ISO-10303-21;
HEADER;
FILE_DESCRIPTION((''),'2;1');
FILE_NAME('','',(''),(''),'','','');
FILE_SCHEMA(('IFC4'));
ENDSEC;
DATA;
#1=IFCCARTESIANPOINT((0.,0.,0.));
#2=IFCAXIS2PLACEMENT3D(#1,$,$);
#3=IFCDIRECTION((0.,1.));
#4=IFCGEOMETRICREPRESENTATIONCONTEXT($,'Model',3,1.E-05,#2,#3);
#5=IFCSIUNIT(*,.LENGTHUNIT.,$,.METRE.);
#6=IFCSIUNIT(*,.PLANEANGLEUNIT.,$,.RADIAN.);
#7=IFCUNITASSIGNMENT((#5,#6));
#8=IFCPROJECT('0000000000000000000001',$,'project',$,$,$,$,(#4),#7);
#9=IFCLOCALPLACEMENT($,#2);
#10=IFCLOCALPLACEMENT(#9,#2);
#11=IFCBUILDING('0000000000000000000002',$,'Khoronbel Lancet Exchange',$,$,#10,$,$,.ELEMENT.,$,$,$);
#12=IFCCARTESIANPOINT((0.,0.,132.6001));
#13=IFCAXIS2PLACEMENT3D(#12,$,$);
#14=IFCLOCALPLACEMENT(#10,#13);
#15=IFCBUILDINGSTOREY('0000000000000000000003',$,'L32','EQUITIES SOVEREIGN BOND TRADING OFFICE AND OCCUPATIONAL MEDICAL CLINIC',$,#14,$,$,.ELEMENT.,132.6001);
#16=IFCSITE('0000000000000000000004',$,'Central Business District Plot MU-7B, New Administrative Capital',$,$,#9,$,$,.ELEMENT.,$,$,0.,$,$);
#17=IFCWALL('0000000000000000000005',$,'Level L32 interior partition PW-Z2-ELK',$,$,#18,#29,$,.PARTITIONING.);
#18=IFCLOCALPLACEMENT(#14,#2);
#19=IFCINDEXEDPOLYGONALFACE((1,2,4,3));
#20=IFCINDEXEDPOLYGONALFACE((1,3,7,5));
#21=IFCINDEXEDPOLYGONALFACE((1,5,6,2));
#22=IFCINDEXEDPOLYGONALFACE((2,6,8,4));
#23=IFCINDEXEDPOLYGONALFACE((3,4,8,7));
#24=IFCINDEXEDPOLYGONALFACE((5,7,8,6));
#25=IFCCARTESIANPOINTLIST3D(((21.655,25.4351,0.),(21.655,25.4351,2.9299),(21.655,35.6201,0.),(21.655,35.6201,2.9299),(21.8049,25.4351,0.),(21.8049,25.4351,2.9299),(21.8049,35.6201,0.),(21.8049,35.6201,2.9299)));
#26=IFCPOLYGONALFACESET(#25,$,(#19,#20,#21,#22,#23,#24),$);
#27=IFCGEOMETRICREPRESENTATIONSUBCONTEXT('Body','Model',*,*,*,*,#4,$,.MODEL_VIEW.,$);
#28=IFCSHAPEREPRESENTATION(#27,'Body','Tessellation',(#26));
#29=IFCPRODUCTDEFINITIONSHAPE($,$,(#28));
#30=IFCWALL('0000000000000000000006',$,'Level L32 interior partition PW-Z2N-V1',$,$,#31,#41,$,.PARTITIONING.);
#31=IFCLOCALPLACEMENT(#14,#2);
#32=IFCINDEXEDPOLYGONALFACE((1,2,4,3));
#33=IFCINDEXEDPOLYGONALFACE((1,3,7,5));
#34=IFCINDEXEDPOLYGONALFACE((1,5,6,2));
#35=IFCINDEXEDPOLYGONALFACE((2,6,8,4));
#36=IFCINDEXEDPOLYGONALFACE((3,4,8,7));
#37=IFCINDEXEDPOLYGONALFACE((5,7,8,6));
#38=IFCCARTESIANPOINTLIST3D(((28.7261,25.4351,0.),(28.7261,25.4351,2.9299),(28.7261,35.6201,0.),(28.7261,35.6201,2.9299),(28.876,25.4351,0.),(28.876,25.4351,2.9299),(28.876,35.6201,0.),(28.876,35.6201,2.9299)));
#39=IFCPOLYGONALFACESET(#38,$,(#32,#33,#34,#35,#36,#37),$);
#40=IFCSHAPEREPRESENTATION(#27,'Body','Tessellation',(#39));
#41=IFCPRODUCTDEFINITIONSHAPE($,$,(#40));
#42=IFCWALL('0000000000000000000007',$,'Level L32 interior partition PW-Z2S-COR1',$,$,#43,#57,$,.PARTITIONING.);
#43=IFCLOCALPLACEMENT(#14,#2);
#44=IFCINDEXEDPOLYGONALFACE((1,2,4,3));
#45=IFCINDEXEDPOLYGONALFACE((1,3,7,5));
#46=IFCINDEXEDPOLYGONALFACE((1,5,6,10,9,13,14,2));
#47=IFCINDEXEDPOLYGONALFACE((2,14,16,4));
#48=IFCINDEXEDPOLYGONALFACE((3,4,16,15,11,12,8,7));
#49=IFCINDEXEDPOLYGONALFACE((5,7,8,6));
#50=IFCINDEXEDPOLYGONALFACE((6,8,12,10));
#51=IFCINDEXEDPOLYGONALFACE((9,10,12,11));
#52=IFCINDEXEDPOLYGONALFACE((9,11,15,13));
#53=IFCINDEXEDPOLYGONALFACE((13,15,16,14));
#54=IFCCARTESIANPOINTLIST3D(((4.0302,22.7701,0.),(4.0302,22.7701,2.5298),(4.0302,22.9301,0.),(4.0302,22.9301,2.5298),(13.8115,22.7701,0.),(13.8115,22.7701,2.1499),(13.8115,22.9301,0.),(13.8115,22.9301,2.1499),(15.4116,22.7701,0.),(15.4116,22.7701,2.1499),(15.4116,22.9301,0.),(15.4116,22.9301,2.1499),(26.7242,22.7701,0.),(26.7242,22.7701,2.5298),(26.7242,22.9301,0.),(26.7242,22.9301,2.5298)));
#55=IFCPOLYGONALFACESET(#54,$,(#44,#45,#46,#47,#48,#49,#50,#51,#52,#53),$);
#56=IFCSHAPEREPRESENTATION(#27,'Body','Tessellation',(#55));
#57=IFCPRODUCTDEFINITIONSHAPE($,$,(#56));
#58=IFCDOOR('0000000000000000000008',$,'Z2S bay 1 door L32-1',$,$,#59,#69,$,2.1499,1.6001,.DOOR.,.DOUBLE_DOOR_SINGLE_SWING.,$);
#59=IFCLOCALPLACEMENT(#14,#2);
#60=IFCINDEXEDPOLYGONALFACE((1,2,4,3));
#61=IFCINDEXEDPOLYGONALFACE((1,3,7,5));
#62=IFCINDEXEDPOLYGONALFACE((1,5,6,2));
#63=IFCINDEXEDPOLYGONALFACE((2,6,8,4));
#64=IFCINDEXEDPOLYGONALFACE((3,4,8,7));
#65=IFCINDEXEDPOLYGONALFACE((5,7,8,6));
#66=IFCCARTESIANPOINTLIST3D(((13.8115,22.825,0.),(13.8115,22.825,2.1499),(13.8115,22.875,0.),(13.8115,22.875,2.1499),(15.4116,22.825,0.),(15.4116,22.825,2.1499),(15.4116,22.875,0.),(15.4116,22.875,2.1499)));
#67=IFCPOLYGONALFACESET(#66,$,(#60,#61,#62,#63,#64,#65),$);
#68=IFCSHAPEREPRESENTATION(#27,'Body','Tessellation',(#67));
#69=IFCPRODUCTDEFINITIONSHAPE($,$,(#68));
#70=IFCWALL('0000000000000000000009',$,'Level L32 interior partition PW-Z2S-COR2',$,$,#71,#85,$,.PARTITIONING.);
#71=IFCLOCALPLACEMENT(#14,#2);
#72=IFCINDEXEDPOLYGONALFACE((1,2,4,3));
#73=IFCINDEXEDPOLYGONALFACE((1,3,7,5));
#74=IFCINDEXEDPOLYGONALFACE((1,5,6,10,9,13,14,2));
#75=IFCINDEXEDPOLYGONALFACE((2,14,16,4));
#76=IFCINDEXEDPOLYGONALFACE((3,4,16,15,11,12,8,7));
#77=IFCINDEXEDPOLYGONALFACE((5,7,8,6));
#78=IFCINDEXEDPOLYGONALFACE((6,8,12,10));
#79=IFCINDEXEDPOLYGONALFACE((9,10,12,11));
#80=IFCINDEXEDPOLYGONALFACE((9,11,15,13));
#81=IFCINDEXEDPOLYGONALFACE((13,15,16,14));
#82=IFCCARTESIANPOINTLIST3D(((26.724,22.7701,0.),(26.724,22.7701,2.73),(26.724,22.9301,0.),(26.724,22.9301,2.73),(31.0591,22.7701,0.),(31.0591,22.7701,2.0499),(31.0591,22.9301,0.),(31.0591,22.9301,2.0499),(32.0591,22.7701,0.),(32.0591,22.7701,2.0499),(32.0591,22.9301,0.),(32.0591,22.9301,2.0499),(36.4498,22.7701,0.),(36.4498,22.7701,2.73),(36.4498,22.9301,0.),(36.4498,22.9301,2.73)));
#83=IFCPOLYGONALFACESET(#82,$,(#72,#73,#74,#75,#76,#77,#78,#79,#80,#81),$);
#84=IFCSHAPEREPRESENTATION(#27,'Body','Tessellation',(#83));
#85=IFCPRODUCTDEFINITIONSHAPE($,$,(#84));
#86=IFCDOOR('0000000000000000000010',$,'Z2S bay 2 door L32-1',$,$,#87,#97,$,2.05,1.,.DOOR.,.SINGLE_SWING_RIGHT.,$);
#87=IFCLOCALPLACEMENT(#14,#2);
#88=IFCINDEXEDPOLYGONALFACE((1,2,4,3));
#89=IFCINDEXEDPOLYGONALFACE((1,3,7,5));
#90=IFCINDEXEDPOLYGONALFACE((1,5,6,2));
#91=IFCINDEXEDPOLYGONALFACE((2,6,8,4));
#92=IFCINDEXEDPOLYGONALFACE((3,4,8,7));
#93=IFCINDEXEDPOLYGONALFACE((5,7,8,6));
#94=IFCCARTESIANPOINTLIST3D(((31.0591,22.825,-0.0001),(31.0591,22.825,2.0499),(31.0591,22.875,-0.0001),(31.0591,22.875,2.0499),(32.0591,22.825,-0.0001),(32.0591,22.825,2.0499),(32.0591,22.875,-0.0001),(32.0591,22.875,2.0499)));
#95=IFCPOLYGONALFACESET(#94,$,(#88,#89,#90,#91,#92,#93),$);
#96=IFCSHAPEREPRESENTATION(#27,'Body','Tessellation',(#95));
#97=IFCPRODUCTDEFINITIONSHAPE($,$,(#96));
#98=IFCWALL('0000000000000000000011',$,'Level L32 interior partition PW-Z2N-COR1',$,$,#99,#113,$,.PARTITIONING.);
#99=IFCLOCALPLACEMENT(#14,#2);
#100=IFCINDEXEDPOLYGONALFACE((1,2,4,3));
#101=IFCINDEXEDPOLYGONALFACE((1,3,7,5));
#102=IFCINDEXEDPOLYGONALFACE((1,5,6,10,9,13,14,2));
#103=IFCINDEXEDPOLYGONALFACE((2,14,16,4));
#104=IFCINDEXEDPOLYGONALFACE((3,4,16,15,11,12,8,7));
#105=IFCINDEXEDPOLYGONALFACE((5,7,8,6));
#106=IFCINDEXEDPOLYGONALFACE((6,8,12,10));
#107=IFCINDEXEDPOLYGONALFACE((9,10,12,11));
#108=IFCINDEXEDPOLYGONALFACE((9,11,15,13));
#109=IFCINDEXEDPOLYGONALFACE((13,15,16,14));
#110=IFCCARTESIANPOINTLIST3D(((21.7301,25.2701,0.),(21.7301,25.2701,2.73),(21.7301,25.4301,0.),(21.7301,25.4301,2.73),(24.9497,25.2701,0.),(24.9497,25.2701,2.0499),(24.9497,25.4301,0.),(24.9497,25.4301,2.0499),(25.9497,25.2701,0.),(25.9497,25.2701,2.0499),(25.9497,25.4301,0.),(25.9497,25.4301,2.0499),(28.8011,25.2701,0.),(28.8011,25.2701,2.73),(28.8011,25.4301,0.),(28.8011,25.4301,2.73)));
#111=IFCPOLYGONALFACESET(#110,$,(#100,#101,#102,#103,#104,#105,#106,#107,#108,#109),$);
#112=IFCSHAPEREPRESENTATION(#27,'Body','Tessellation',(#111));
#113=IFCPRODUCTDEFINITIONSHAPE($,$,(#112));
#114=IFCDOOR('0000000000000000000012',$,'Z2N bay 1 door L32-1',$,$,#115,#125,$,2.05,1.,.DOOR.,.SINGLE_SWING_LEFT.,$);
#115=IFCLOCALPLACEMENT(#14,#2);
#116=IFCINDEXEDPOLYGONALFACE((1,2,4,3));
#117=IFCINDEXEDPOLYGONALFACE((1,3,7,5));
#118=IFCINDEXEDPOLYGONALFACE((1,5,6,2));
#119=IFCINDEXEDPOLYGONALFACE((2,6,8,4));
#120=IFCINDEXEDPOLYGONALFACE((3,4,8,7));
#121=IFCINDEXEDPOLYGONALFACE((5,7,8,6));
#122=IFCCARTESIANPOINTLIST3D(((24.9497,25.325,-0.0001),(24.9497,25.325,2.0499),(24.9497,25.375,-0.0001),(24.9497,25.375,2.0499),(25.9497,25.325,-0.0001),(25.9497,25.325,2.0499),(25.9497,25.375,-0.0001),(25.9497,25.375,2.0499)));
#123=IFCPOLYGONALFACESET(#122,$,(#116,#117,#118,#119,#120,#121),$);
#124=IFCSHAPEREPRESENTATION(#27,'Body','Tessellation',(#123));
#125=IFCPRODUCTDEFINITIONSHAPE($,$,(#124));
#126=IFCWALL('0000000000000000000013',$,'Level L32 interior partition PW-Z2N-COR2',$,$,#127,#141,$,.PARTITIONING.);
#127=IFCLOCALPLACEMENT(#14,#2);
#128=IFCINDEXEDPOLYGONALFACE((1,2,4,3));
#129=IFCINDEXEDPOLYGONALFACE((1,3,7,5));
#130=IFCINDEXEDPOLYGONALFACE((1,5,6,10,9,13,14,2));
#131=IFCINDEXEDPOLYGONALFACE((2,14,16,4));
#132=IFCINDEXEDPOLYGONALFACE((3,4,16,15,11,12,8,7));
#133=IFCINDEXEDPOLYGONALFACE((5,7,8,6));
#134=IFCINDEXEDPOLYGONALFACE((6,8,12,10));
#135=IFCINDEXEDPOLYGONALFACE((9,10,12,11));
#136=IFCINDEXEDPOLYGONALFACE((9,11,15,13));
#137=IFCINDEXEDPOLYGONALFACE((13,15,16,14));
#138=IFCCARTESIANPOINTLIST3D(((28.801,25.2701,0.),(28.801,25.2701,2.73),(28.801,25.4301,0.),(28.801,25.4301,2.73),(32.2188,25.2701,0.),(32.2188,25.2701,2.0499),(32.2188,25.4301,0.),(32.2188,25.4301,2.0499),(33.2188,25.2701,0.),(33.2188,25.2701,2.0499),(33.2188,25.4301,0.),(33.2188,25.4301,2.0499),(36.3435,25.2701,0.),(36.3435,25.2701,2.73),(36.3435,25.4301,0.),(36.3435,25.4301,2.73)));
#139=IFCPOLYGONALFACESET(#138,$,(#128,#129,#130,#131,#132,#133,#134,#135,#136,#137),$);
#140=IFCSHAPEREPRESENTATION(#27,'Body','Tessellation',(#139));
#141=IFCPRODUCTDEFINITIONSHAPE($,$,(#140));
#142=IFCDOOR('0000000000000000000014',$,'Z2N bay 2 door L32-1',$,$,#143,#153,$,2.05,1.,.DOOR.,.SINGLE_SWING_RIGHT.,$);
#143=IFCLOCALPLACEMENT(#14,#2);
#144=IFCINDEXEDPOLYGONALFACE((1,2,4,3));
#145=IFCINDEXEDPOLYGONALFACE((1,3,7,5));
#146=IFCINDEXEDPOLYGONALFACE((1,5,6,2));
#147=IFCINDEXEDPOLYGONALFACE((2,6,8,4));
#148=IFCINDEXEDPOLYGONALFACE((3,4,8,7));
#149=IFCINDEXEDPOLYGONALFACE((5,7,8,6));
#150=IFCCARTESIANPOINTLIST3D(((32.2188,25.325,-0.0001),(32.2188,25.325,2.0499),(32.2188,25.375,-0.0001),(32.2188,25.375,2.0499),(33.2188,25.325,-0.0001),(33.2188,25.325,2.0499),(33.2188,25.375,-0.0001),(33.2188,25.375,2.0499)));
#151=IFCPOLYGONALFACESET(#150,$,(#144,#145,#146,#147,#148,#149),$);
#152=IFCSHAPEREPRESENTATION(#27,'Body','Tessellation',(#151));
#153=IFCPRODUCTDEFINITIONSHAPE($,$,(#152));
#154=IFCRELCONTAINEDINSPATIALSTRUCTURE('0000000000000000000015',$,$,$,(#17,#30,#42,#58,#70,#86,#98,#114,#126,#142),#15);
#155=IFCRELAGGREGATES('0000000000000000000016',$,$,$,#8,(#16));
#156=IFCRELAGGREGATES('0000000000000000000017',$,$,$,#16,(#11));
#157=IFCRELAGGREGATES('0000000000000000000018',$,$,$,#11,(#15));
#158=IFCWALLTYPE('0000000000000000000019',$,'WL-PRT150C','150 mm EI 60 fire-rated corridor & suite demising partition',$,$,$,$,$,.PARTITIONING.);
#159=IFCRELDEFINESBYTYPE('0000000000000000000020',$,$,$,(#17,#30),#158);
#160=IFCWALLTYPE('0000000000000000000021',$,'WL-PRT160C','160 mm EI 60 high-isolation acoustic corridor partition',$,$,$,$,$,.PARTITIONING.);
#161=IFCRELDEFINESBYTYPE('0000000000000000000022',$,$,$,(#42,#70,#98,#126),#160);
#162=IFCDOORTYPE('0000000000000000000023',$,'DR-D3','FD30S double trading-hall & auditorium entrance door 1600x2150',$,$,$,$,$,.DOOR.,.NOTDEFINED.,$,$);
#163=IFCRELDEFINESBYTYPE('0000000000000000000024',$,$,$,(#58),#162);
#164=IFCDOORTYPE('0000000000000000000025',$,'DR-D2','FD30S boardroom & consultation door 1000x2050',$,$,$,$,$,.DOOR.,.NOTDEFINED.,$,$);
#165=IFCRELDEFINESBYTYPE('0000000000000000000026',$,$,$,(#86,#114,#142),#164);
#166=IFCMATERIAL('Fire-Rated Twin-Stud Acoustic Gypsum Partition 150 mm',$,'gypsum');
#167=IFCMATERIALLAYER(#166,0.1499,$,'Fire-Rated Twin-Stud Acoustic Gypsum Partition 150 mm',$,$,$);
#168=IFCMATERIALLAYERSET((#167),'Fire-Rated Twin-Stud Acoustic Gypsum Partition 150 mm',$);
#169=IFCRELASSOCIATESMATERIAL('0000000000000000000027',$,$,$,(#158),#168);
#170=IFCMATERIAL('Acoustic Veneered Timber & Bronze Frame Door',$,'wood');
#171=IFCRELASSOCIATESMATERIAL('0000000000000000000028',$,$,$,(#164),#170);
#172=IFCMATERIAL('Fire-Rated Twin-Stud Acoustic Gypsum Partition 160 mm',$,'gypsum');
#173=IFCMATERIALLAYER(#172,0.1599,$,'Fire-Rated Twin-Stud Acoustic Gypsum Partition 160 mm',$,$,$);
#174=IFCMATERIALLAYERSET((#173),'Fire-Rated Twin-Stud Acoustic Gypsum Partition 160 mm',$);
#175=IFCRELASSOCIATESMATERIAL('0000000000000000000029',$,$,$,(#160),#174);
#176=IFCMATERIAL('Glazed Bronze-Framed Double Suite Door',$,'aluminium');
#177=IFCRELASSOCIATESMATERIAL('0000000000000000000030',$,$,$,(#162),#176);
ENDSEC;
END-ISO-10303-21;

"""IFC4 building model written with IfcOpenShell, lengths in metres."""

from ifc_helpers import new_model, si_unit, direction, frame, frame_2d, origin, place, context, subcontext, project, spatial, rectangle, extrude, material, layer, layer_set, type_object, element, fill, save


model = new_model("IFC4")

# Units and contexts
model_context = context("Model", 3, precision=1e-05, world=origin(), true_north=direction((0.0, 1.0)))
body_context = subcontext(model_context, "Body", "Model", "MODEL_VIEW")
ifc_project = project(units=[si_unit("LENGTHUNIT", "METRE"), si_unit("PLANEANGLEUNIT", "RADIAN")], contexts=[model_context])

# Site, building, storey
site_placement = place(None, origin())
site = spatial("IfcSite", under=ifc_project, at=site_placement, Name="Central Business District Plot MU-7B, New Administrative Capital", CompositionType="ELEMENT", RefElevation=0.0)
building_placement = place(site_placement, origin())
building = spatial("IfcBuilding", under=site, at=building_placement, Name="Khoronbel Lancet Exchange", CompositionType="ELEMENT")
storey_placement = place(building_placement, frame((0.0, 0.0, 132.6001)))
storey = spatial("IfcBuildingStorey", under=building, at=storey_placement, Name="L32", Description="EQUITIES SOVEREIGN BOND TRADING OFFICE AND OCCUPATIONAL MEDICAL CLINIC", CompositionType="ELEMENT", Elevation=132.6001)

# Shared definitions
ifc_material_1 = material(Name="Fire-Rated Twin-Stud Acoustic Gypsum Partition 150 mm", Category="gypsum")
ifc_layer_1 = layer(ifc_material_1, 0.1499, Name="Fire-Rated Twin-Stud Acoustic Gypsum Partition 150 mm")
ifc_layer_set_1 = layer_set([ifc_layer_1], Name="Fire-Rated Twin-Stud Acoustic Gypsum Partition 150 mm")
wall_type_1 = type_object("IfcWallType", Name="WL-PRT150C", Description="150 mm EI 60 fire-rated corridor & suite demising partition", PredefinedType="PARTITIONING", material=ifc_layer_set_1)

# Shared definitions
ifc_material_2 = material(Name="Acoustic Veneered Timber & Bronze Frame Door", Category="wood")
door_type_1 = type_object("IfcDoorType", Name="DR-D2", Description="FD30S boardroom & consultation door 1000x2050", OperationType="NOTDEFINED", PredefinedType="DOOR", material=ifc_material_2)

# Walls
for number, where, z_axis, x_axis, name in (
    (1, (21.73, 25.4351, 0.0), (0.0, 0.0, 1.0), (0.0, 1.0, 0.0), "Level L32 interior partition PW-Z2-ELK"),
    (2, (28.801, 25.4351, 0.0), (0.0, 0.0, 1.0), (0.0, 1.0, 0.0), "Level L32 interior partition PW-Z2N-V1"),
):
    element("IfcWall", number, at=place(storey_placement, frame(where, z_axis=z_axis, x_axis=x_axis)), inside=storey, type_object=wall_type_1, Name=name, PredefinedType="PARTITIONING", context=body_context, shape_type="SweptSolid", body=[
        extrude(rectangle(XDim=10.1851, YDim=0.1499, at=frame_2d((5.0925, 0.0))), origin(), (0.0, 0.0, 1.0), 2.9299),
    ])

# Walls, openings, doors
ifc_material_3 = material(Name="Fire-Rated Twin-Stud Acoustic Gypsum Partition 160 mm", Category="gypsum")
ifc_layer_2 = layer(ifc_material_3, 0.1599, Name="Fire-Rated Twin-Stud Acoustic Gypsum Partition 160 mm")
ifc_layer_set_2 = layer_set([ifc_layer_2], Name="Fire-Rated Twin-Stud Acoustic Gypsum Partition 160 mm")
wall_type_2 = type_object("IfcWallType", Name="WL-PRT160C", Description="160 mm EI 60 high-isolation acoustic corridor partition", PredefinedType="PARTITIONING", material=ifc_layer_set_2)
wall_1_placement = place(storey_placement, frame((4.03, 22.8501, 0.0), z_axis=(0.0, 0.0, 1.0), x_axis=(1.0, 0.0, 0.0)))
wall_1 = element("IfcWall", 3, at=wall_1_placement, inside=storey, type_object=wall_type_2, Name="Level L32 interior partition PW-Z2S-COR1", PredefinedType="PARTITIONING", context=body_context, shape_type="SweptSolid", body=[
    extrude(rectangle(XDim=22.6941, YDim=0.1599, at=frame_2d((11.3472, 0.0))), origin(), (0.0, 0.0, 1.0), 2.5298),
])
opening_1_placement = place(wall_1_placement, frame((9.7815, 0.0, 0.0)))
opening_1 = element("IfcOpeningElement", 4, at=opening_1_placement, cuts=wall_1, PredefinedType="OPENING", context=body_context, shape_type="SweptSolid", body=[
    extrude(rectangle(XDim=1.6001, YDim=2.1499, at=frame_2d((0.8, 1.075))), frame((0.0, 0.0898, 0.0), z_axis=(0.0, -1.0, 0.0), x_axis=(1.0, 0.0, 0.0)), (0.0, 0.0, 1.0), 0.1799),
])
ifc_material_4 = material(Name="Glazed Bronze-Framed Double Suite Door", Category="aluminium")
door_type_2 = type_object("IfcDoorType", Name="DR-D3", Description="FD30S double trading-hall & auditorium entrance door 1600x2150", OperationType="NOTDEFINED", PredefinedType="DOOR", material=ifc_material_4)
door_1_placement = place(opening_1_placement, origin())
door_1 = element("IfcDoor", 5, at=door_1_placement, inside=storey, type_object=door_type_2, Name="Z2S bay 1 door L32-1", OperationType="DOUBLE_DOOR_SINGLE_SWING", OverallHeight=2.1499, OverallWidth=1.6001, PredefinedType="DOOR", context=body_context, shape_type="SweptSolid", body=[
    extrude(rectangle(XDim=1.6001, YDim=2.1499, at=frame_2d((0.8, 1.075))), frame((0.0, 0.0249, 0.0), z_axis=(0.0, -1.0, 0.0), x_axis=(1.0, 0.0, 0.0)), (0.0, 0.0, 1.0), 0.05),
])
fill(opening_1, door_1)
wall_2_placement = place(storey_placement, frame((26.7241, 22.8501, 0.0), z_axis=(0.0, 0.0, 1.0), x_axis=(1.0, 0.0, 0.0)))
wall_2 = element("IfcWall", 6, at=wall_2_placement, inside=storey, type_object=wall_type_2, Name="Level L32 interior partition PW-Z2S-COR2", PredefinedType="PARTITIONING", context=body_context, shape_type="SweptSolid", body=[
    extrude(rectangle(XDim=9.7258, YDim=0.1599, at=frame_2d((4.8628, 0.0))), origin(), (0.0, 0.0, 1.0), 2.73),
])
opening_2_placement = place(wall_2_placement, frame((4.335, 0.0, 0.0)))
opening_2 = element("IfcOpeningElement", 7, at=opening_2_placement, cuts=wall_2, PredefinedType="OPENING", context=body_context, shape_type="SweptSolid", body=[
    extrude(rectangle(XDim=1.0, YDim=2.05, at=frame_2d((0.5, 1.0249))), frame((0.0, 0.0898, 0.0), z_axis=(0.0, -1.0, 0.0), x_axis=(1.0, 0.0, 0.0)), (0.0, 0.0, 1.0), 0.1799),
])
door_2_placement = place(opening_2_placement, origin())
door_2 = element("IfcDoor", 8, at=door_2_placement, inside=storey, type_object=door_type_1, Name="Z2S bay 2 door L32-1", OperationType="SINGLE_SWING_RIGHT", OverallHeight=2.05, OverallWidth=1.0, PredefinedType="DOOR", context=body_context, shape_type="SweptSolid", body=[
    extrude(rectangle(XDim=1.0, YDim=2.05, at=frame_2d((0.5, 1.0249))), frame((0.0, 0.0249, 0.0), z_axis=(0.0, -1.0, 0.0), x_axis=(1.0, 0.0, 0.0)), (0.0, 0.0, 1.0), 0.05),
])
fill(opening_2, door_2)
wall_3_placement = place(storey_placement, frame((21.73, 25.3501, 0.0), z_axis=(0.0, 0.0, 1.0), x_axis=(1.0, 0.0, 0.0)))
wall_3 = element("IfcWall", 9, at=wall_3_placement, inside=storey, type_object=wall_type_2, Name="Level L32 interior partition PW-Z2N-COR1", PredefinedType="PARTITIONING", context=body_context, shape_type="SweptSolid", body=[
    extrude(rectangle(XDim=7.071, YDim=0.1599, at=frame_2d((3.5356, 0.0))), origin(), (0.0, 0.0, 1.0), 2.73),
])
opening_3_placement = place(wall_3_placement, frame((3.2197, 0.0, 0.0)))
opening_3 = element("IfcOpeningElement", 10, at=opening_3_placement, cuts=wall_3, PredefinedType="OPENING", context=body_context, shape_type="SweptSolid", body=[
    extrude(rectangle(XDim=1.0, YDim=2.05, at=frame_2d((0.5, 1.0249))), frame((0.0, 0.0898, 0.0), z_axis=(0.0, -1.0, 0.0), x_axis=(1.0, 0.0, 0.0)), (0.0, 0.0, 1.0), 0.1799),
])
door_3_placement = place(opening_3_placement, origin())
door_3 = element("IfcDoor", 11, at=door_3_placement, inside=storey, type_object=door_type_1, Name="Z2N bay 1 door L32-1", OperationType="SINGLE_SWING_LEFT", OverallHeight=2.05, OverallWidth=1.0, PredefinedType="DOOR", context=body_context, shape_type="SweptSolid", body=[
    extrude(rectangle(XDim=1.0, YDim=2.05, at=frame_2d((0.5, 1.0249))), frame((0.0, 0.0249, 0.0), z_axis=(0.0, -1.0, 0.0), x_axis=(1.0, 0.0, 0.0)), (0.0, 0.0, 1.0), 0.05),
])
fill(opening_3, door_3)
wall_4_placement = place(storey_placement, frame((28.801, 25.3501, 0.0), z_axis=(0.0, 0.0, 1.0), x_axis=(1.0, 0.0, 0.0)))
wall_4 = element("IfcWall", 12, at=wall_4_placement, inside=storey, type_object=wall_type_2, Name="Level L32 interior partition PW-Z2N-COR2", PredefinedType="PARTITIONING", context=body_context, shape_type="SweptSolid", body=[
    extrude(rectangle(XDim=7.5425, YDim=0.1599, at=frame_2d((3.7712, 0.0))), origin(), (0.0, 0.0, 1.0), 2.73),
])
opening_4_placement = place(wall_4_placement, frame((3.4177, 0.0, 0.0)))
opening_4 = element("IfcOpeningElement", 13, at=opening_4_placement, cuts=wall_4, PredefinedType="OPENING", context=body_context, shape_type="SweptSolid", body=[
    extrude(rectangle(XDim=1.0, YDim=2.05, at=frame_2d((0.5, 1.0249))), frame((0.0, 0.0898, 0.0), z_axis=(0.0, -1.0, 0.0), x_axis=(1.0, 0.0, 0.0)), (0.0, 0.0, 1.0), 0.1799),
])
door_4_placement = place(opening_4_placement, origin())
door_4 = element("IfcDoor", 14, at=door_4_placement, inside=storey, type_object=door_type_1, Name="Z2N bay 2 door L32-1", OperationType="SINGLE_SWING_RIGHT", OverallHeight=2.05, OverallWidth=1.0, PredefinedType="DOOR", context=body_context, shape_type="SweptSolid", body=[
    extrude(rectangle(XDim=1.0, YDim=2.05, at=frame_2d((0.5, 1.0249))), frame((0.0, 0.0249, 0.0), z_axis=(0.0, -1.0, 0.0), x_axis=(1.0, 0.0, 0.0)), (0.0, 0.0, 1.0), 0.05),
])
fill(opening_4, door_4)

save(model, "model.ifc")
